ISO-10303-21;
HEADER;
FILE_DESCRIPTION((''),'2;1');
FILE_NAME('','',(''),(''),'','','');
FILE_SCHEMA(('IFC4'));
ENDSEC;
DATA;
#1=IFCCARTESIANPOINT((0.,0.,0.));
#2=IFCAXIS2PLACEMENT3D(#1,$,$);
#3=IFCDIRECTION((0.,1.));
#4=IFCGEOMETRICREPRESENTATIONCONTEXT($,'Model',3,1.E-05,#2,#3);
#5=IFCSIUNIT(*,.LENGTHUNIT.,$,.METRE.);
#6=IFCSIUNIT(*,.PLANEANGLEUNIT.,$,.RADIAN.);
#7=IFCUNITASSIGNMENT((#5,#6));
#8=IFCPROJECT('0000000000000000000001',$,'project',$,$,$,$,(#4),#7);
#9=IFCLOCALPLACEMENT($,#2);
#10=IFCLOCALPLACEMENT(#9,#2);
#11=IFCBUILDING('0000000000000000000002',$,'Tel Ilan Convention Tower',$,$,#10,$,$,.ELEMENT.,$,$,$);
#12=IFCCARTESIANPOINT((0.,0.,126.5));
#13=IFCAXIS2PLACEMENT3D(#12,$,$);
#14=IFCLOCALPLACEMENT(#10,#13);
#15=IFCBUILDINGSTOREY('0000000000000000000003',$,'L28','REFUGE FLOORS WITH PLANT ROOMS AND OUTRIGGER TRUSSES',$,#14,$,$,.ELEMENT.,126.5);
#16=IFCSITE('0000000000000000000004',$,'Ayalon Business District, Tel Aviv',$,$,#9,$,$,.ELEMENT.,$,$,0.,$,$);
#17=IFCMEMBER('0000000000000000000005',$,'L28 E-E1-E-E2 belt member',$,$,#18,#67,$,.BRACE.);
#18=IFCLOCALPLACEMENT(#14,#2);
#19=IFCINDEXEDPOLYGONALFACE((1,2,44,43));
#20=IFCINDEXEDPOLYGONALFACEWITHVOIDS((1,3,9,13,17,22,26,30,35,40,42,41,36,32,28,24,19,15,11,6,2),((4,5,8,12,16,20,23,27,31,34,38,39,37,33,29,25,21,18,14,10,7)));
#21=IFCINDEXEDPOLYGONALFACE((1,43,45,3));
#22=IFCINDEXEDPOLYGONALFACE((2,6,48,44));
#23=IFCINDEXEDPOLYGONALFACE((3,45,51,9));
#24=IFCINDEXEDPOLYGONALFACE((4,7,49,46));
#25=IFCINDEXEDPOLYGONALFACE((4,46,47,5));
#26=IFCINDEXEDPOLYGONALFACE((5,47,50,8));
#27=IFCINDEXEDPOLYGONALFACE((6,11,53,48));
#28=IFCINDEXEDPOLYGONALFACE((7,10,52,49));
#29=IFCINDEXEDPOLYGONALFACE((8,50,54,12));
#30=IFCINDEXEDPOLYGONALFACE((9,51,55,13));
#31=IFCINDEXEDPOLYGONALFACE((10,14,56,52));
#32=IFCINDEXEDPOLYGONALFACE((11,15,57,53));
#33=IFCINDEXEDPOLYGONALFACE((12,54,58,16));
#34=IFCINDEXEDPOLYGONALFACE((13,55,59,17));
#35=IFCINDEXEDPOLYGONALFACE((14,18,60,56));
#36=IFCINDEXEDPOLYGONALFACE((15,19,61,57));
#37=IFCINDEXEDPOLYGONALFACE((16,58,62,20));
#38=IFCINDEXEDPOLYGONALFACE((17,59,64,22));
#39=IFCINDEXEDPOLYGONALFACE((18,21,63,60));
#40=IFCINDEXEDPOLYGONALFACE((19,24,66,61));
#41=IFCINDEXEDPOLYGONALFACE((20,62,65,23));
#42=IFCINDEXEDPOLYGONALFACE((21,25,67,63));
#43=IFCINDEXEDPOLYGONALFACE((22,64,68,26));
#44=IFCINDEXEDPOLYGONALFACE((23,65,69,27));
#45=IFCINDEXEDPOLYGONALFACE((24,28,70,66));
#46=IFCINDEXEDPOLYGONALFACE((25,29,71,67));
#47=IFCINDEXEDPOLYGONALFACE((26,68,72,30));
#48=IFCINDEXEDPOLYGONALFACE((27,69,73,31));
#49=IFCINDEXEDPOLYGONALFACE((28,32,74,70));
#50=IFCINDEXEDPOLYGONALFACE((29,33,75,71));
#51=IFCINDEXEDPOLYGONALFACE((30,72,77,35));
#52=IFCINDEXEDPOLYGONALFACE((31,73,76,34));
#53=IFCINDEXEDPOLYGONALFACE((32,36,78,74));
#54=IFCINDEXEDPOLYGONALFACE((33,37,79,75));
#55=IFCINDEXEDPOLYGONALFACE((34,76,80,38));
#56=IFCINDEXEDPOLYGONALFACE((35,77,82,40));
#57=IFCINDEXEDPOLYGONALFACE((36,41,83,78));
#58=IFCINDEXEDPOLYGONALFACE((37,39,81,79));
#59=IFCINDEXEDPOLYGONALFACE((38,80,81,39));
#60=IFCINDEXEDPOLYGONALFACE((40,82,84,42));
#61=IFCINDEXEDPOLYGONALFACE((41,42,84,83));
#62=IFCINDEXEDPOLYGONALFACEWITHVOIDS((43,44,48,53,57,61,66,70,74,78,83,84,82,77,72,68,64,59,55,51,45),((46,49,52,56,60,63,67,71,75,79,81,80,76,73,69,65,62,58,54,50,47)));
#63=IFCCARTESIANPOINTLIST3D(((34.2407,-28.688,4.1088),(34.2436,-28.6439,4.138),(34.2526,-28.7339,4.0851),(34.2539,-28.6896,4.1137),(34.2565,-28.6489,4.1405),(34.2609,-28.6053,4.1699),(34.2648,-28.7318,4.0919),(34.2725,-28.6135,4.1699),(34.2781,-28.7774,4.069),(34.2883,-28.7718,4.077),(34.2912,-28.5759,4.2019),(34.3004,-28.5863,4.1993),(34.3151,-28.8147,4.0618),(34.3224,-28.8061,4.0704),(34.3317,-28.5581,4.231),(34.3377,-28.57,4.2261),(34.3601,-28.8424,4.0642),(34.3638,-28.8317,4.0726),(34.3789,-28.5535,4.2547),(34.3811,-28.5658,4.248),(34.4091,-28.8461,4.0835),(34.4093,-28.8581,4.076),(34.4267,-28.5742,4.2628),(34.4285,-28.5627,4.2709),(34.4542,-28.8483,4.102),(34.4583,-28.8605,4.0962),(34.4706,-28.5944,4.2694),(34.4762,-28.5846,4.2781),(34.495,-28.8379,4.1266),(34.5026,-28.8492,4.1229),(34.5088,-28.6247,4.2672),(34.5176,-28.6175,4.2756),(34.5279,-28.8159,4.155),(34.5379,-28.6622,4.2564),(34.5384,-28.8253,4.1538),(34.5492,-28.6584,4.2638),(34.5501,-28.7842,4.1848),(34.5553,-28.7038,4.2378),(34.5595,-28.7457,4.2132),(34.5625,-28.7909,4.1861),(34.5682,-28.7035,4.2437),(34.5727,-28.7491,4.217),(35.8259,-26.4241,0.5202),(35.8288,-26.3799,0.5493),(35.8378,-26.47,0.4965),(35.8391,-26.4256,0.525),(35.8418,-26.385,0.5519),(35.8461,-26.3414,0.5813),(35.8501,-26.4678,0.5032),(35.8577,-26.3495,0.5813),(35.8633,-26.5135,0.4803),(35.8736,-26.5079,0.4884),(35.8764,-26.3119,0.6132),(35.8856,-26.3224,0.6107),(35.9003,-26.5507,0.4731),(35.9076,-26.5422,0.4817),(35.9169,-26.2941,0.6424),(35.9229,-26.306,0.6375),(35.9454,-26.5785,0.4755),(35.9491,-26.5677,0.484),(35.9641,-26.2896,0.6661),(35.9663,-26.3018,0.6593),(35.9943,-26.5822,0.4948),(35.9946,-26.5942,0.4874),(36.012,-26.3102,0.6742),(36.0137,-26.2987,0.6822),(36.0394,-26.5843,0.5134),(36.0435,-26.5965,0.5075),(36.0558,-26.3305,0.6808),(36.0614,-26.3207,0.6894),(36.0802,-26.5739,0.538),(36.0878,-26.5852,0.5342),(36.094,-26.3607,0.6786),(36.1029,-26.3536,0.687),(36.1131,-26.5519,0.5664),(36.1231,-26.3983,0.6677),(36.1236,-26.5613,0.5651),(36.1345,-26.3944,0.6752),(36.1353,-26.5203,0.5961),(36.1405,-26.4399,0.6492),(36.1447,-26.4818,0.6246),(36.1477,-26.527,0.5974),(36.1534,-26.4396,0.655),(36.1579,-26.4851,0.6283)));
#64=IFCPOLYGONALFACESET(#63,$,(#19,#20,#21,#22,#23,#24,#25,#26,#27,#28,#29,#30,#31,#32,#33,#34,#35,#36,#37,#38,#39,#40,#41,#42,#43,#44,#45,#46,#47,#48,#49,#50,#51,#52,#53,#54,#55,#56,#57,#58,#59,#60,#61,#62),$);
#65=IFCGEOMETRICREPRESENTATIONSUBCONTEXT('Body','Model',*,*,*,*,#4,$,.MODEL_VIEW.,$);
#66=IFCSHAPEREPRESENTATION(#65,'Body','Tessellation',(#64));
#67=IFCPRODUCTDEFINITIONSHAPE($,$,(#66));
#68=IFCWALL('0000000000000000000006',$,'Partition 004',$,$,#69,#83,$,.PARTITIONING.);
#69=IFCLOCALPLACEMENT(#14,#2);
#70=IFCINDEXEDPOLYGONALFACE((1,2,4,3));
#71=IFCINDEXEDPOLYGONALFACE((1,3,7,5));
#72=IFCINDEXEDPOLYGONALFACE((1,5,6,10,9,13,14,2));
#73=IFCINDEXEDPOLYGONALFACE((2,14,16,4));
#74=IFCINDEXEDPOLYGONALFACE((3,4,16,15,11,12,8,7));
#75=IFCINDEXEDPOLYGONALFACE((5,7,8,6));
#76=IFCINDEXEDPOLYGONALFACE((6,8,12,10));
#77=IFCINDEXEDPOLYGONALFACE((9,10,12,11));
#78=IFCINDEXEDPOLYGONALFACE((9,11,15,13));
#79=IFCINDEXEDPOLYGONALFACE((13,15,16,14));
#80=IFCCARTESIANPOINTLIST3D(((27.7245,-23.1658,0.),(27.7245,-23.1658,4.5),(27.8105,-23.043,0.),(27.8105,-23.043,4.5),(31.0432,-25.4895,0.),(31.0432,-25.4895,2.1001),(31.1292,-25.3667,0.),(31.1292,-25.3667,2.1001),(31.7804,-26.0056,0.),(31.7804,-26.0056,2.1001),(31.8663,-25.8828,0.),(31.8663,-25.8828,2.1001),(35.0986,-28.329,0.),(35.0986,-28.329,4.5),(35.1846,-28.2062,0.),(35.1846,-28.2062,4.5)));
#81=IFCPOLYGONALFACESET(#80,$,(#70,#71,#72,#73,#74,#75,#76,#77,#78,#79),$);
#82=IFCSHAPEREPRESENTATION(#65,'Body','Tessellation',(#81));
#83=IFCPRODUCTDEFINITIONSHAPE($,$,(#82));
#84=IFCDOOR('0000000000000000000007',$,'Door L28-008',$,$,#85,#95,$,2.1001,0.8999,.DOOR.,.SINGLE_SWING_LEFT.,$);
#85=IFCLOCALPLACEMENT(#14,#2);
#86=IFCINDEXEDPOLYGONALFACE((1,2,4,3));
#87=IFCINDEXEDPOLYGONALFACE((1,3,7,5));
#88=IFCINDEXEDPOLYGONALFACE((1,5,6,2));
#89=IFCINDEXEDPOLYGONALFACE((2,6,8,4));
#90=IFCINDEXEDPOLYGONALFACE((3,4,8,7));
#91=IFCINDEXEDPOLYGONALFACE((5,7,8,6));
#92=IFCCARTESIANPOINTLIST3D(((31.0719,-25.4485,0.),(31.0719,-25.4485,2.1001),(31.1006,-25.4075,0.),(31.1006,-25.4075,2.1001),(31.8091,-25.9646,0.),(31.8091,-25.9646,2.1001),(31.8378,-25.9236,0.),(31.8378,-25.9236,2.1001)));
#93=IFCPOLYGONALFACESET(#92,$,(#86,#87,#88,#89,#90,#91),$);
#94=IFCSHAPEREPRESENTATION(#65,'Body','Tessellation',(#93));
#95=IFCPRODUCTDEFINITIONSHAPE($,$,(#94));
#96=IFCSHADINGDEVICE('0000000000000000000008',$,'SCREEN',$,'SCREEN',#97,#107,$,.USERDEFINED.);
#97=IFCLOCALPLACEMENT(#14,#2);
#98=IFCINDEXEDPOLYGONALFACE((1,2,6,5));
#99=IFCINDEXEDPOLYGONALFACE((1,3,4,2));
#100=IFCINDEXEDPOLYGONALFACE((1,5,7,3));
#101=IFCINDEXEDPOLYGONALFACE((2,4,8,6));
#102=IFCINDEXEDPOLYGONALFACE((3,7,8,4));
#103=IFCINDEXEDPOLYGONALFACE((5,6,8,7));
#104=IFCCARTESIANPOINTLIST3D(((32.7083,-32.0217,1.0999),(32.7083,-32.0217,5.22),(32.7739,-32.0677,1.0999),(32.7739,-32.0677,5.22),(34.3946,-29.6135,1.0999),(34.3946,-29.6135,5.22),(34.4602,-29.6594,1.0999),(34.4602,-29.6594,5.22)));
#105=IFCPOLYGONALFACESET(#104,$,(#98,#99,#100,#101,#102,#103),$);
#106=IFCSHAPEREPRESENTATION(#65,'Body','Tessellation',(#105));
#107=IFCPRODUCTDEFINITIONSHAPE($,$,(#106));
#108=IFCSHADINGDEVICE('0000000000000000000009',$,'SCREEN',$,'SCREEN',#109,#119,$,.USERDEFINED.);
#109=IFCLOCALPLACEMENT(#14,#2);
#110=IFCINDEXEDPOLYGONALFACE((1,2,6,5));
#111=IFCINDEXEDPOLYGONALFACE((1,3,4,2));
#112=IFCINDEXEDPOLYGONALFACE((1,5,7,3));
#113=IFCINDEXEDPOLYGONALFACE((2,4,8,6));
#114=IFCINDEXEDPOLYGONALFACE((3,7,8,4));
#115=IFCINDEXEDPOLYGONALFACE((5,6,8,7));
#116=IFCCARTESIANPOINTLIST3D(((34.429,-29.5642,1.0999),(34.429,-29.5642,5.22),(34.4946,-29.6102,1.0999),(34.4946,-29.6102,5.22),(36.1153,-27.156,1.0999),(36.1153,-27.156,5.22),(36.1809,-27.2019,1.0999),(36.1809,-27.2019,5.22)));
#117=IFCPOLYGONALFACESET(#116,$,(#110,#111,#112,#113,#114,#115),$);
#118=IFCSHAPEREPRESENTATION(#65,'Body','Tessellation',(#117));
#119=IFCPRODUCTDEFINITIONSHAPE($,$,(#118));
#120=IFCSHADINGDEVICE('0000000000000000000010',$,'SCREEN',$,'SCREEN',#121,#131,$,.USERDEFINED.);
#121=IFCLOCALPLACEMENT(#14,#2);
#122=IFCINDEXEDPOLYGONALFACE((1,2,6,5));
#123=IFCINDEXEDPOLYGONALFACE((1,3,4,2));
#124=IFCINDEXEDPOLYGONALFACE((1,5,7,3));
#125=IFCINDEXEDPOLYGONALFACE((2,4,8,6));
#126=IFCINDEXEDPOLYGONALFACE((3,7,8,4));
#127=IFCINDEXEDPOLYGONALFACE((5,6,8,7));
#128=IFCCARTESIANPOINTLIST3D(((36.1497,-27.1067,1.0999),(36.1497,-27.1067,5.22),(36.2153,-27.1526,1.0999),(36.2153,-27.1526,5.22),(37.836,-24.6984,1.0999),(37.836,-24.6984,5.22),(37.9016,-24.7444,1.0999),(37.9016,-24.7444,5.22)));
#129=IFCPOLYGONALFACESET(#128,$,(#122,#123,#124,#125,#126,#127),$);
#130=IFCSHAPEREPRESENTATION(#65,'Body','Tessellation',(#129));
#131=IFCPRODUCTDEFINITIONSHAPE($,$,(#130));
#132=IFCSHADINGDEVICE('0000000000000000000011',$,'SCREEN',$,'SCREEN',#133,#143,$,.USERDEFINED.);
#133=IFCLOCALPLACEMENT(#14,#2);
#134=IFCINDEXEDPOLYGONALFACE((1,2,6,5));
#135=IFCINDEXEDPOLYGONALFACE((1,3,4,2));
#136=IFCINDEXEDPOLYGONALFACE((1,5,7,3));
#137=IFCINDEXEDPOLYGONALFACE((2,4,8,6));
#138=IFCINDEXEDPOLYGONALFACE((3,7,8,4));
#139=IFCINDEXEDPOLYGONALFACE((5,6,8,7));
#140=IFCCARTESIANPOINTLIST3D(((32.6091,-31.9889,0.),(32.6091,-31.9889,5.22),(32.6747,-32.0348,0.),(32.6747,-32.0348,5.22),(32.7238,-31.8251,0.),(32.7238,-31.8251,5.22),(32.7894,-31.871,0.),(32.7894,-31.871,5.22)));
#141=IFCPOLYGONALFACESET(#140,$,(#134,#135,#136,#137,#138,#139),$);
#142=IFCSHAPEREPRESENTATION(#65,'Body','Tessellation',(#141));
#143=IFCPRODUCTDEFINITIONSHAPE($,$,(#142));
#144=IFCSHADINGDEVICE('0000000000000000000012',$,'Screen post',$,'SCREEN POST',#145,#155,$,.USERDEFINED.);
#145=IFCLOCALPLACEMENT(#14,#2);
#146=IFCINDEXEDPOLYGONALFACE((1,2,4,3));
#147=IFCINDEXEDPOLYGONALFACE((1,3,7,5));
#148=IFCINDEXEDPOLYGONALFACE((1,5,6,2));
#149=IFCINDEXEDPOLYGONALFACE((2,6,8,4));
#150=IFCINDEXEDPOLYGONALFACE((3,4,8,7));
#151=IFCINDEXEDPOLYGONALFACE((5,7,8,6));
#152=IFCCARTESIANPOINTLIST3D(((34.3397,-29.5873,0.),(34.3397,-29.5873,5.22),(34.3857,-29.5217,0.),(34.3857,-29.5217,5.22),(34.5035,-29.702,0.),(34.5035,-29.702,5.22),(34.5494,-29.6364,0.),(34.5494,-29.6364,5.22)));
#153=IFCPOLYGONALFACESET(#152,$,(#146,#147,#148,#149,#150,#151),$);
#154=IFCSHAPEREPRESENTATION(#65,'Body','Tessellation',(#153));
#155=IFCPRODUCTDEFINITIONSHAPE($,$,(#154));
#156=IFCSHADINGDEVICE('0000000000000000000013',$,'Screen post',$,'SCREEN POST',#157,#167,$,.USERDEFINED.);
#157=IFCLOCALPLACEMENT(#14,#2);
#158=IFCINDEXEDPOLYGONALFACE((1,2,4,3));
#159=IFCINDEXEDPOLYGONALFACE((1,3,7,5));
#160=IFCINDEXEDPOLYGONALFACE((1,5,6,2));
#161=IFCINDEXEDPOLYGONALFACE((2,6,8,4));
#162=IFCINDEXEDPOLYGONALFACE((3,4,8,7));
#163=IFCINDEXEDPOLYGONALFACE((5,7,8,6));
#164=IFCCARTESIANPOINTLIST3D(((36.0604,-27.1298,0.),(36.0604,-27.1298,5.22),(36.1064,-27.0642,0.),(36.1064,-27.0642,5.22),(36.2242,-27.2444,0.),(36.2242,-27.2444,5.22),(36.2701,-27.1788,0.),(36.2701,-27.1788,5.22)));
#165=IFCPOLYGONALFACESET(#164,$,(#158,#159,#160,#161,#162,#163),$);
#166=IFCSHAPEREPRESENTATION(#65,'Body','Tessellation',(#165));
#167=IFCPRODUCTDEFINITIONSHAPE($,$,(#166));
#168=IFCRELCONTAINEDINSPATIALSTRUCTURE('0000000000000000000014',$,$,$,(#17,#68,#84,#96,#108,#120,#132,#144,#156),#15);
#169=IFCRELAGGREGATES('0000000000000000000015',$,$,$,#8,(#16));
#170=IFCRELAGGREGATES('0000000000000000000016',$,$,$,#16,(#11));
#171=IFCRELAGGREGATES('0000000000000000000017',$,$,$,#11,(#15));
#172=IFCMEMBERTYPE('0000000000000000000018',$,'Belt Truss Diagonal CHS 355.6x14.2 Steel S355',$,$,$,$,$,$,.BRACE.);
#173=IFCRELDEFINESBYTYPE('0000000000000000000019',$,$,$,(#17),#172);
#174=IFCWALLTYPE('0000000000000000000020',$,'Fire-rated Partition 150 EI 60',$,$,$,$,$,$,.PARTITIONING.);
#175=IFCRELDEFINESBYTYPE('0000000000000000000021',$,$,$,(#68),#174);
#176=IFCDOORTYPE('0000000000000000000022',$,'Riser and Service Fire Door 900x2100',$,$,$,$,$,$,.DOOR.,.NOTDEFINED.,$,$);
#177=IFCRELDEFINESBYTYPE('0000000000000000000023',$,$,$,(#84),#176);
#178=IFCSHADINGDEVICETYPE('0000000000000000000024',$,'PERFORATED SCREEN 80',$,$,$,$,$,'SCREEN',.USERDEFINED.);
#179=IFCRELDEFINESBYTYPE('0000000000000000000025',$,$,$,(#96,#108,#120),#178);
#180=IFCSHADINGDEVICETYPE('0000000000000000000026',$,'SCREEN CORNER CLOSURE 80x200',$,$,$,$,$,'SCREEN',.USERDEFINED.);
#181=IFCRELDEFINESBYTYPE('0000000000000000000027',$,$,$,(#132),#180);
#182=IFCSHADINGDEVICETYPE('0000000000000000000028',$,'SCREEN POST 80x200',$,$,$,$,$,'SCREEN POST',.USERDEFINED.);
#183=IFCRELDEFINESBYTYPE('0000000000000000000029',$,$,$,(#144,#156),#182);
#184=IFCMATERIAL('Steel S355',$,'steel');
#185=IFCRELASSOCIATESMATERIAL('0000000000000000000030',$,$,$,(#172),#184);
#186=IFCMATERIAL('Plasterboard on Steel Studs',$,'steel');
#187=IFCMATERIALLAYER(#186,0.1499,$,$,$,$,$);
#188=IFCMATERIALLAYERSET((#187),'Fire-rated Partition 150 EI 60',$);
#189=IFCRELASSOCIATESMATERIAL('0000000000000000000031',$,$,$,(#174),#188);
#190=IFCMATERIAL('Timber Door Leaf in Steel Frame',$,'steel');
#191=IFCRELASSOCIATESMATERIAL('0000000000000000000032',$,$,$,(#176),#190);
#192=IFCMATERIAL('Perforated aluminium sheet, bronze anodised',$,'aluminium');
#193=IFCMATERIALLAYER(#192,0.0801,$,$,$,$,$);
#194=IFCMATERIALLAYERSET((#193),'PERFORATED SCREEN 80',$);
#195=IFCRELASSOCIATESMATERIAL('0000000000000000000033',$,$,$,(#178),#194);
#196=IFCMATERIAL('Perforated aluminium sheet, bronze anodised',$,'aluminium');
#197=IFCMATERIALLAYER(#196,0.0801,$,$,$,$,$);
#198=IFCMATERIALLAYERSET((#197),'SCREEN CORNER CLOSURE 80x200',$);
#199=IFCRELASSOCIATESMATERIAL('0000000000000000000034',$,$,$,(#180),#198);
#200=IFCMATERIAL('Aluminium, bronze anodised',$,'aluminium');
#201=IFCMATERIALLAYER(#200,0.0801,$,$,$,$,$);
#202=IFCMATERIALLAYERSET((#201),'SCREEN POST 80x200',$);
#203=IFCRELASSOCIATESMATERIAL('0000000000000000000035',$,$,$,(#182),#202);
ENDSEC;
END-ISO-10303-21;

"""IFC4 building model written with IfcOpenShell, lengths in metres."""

from ifc_helpers import new_model, si_unit, direction, frame, frame_2d, origin, origin_2d, place, context, subcontext, project, spatial, rectangle, hollow_circle, extrude, material, layer, layer_set, material_profile, profile_set, type_object, element, fill, save


model = new_model("IFC4")

# Units and contexts
model_context = context("Model", 3, precision=1e-05, world=origin(), true_north=direction((0.0, 1.0)))
body_context = subcontext(model_context, "Body", "Model", "MODEL_VIEW")
ifc_project = project(units=[si_unit("LENGTHUNIT", "METRE"), si_unit("PLANEANGLEUNIT", "RADIAN")], contexts=[model_context])

# Site, building, storey
site_placement = place(None, origin())
site = spatial("IfcSite", under=ifc_project, at=site_placement, Name="Ayalon Business District, Tel Aviv", CompositionType="ELEMENT", RefElevation=0.0)
building_placement = place(site_placement, origin())
building = spatial("IfcBuilding", under=site, at=building_placement, Name="Tel Ilan Convention Tower", CompositionType="ELEMENT")
storey_placement = place(building_placement, frame((0.0, 0.0, 126.5)))
storey = spatial("IfcBuildingStorey", under=building, at=storey_placement, Name="L28", Description="REFUGE FLOORS WITH PLANT ROOMS AND OUTRIGGER TRUSSES", CompositionType="ELEMENT", Elevation=126.5)

# Member
ifc_material_1 = material(Name="Steel S355", Category="steel")
ifc_material_profile_1 = material_profile(ifc_material_1, hollow_circle(Radius=0.1777, WallThickness=0.0142, at=origin_2d()), Name="CHS 355.6x14.2")
ifc_profile_set_1 = profile_set([ifc_material_profile_1], Name="Steel S355")
member_type_1 = type_object("IfcMemberType", Name="Belt Truss Diagonal CHS 355.6x14.2 Steel S355", PredefinedType="BRACE", material=ifc_profile_set_1)
member_1_placement = place(storey_placement, frame((34.4065, -28.7073, 4.1699), z_axis=(0.349973, 0.499815, -0.792277), x_axis=(-0.819153, 0.573575, 0.0)))
element("IfcMember", 1, at=member_1_placement, inside=storey, type_object=member_type_1, Name="L28 E-E1-E-E2 belt member", PredefinedType="BRACE", context=body_context, shape_type="SweptSolid", body=[
    extrude(hollow_circle(Radius=0.1777, WallThickness=0.0142, at=origin_2d()), origin(), (0.0, 0.0, 1.0), 4.5295),
])

# Wall, opening, door
ifc_material_2 = material(Name="Plasterboard on Steel Studs", Category="steel")
ifc_layer_1 = layer(ifc_material_2, 0.1499)
ifc_layer_set_1 = layer_set([ifc_layer_1], Name="Fire-rated Partition 150 EI 60")
wall_type = type_object("IfcWallType", Name="Fire-rated Partition 150 EI 60", PredefinedType="PARTITIONING", material=ifc_layer_set_1)
wall_placement = place(storey_placement, frame((35.1416, -28.2676, 0.0), z_axis=(0.0, 0.0, 1.0), x_axis=(-0.819166, 0.573557, 0.0)))
wall = element("IfcWall", 2, at=wall_placement, inside=storey, type_object=wall_type, Name="Partition 004", PredefinedType="PARTITIONING", context=body_context, shape_type="SweptSolid", body=[
    extrude(rectangle(XDim=9.002, YDim=0.1499, at=frame_2d((4.501, 0.0))), origin(), (0.0, 0.0, 1.0), 4.5),
])
opening_placement = place(wall_placement, frame((4.0508, 0.0, 0.0)))
opening = element("IfcOpeningElement", 3, at=opening_placement, cuts=wall, PredefinedType="OPENING", context=body_context, shape_type="SweptSolid", body=[
    extrude(rectangle(XDim=0.8999, YDim=2.1001, at=frame_2d((0.45, 1.05))), frame((0.0, 0.085, 0.0), z_axis=(0.0, -1.0, 0.0), x_axis=(1.0, 0.0, 0.0)), (0.0, 0.0, 1.0), 0.1699),
])
ifc_material_3 = material(Name="Timber Door Leaf in Steel Frame", Category="steel")
door_type = type_object("IfcDoorType", Name="Riser and Service Fire Door 900x2100", OperationType="NOTDEFINED", PredefinedType="DOOR", material=ifc_material_3)
door_placement = place(opening_placement, origin())
door = element("IfcDoor", 4, at=door_placement, inside=storey, type_object=door_type, Name="Door L28-008", OperationType="SINGLE_SWING_LEFT", OverallHeight=2.1001, OverallWidth=0.8999, PredefinedType="DOOR", context=body_context, shape_type="SweptSolid", body=[
    extrude(rectangle(XDim=0.8999, YDim=2.1001, at=frame_2d((0.45, 1.05))), frame((0.0, 0.0249, 0.0), z_axis=(0.0, -1.0, 0.0), x_axis=(1.0, 0.0, 0.0)), (0.0, 0.0, 1.0), 0.05),
])
fill(opening, door)

# Shading devices
ifc_material_4 = material(Name="Perforated aluminium sheet, bronze anodised", Category="aluminium")
ifc_layer_2 = layer(ifc_material_4, 0.0801)
ifc_layer_set_2 = layer_set([ifc_layer_2], Name="PERFORATED SCREEN 80")
shading_device_type_1 = type_object("IfcShadingDeviceType", Name="PERFORATED SCREEN 80", ElementType="SCREEN", PredefinedType="USERDEFINED", material=ifc_layer_set_2)
for number, where, z_axis, x_axis, name in (
    (5, (33.5842, -30.8406, 1.0999), (0.0, 0.0, 1.0), (0.573576, 0.819152, 0.0), "SCREEN"),
    (6, (35.3049, -28.3831, 1.0999), (0.0, 0.0, 1.0), (0.573576, 0.819152, 0.0), "SCREEN"),
    (7, (37.0256, -25.9255, 1.0999), (0.0, 0.0, 1.0), (0.573576, 0.819152, 0.0), "SCREEN"),
):
    element("IfcShadingDevice", number, at=place(storey_placement, frame(where, z_axis=z_axis, x_axis=x_axis)), inside=storey, type_object=shading_device_type_1, Name=name, ObjectType="SCREEN", PredefinedType="USERDEFINED", context=body_context, shape_type="SweptSolid", body=[
        extrude(rectangle(XDim=2.9399, YDim=0.0801, at=origin_2d()), origin(), (0.0, 0.0, 1.0), 4.1201),
    ])
ifc_material_5 = material(Name="Perforated aluminium sheet, bronze anodised", Category="aluminium")
ifc_layer_3 = layer(ifc_material_5, 0.0801)
ifc_layer_set_3 = layer_set([ifc_layer_3], Name="SCREEN CORNER CLOSURE 80x200")
shading_device_type_2 = type_object("IfcShadingDeviceType", Name="SCREEN CORNER CLOSURE 80x200", ElementType="SCREEN", PredefinedType="USERDEFINED", material=ifc_layer_set_3)
shading_device_placement = place(storey_placement, frame((32.6992, -31.9299, 0.0), z_axis=(0.0, 0.0, 1.0), x_axis=(0.819152, -0.573576, 0.0)))
element("IfcShadingDevice", 8, at=shading_device_placement, inside=storey, type_object=shading_device_type_2, Name="SCREEN", ObjectType="SCREEN", PredefinedType="USERDEFINED", context=body_context, shape_type="SweptSolid", body=[
    extrude(rectangle(XDim=0.0801, YDim=0.2, at=origin_2d()), origin(), (0.0, 0.0, 1.0), 5.22),
])
ifc_material_6 = material(Name="Aluminium, bronze anodised", Category="aluminium")
ifc_layer_4 = layer(ifc_material_6, 0.0801)
ifc_layer_set_4 = layer_set([ifc_layer_4], Name="SCREEN POST 80x200")
shading_device_type_3 = type_object("IfcShadingDeviceType", Name="SCREEN POST 80x200", ElementType="SCREEN POST", PredefinedType="USERDEFINED", material=ifc_layer_set_4)
for number, where, z_axis, x_axis, name in (
    (9, (34.4446, -29.6118, 0.0), (0.0, 0.0, 1.0), (0.573576, 0.819152, 0.0), "Screen post"),
    (10, (36.1653, -27.1543, 0.0), (0.0, 0.0, 1.0), (0.573576, 0.819152, 0.0), "Screen post"),
):
    element("IfcShadingDevice", number, at=place(storey_placement, frame(where, z_axis=z_axis, x_axis=x_axis)), inside=storey, type_object=shading_device_type_3, Name=name, ObjectType="SCREEN POST", PredefinedType="USERDEFINED", context=body_context, shape_type="SweptSolid", body=[
        extrude(rectangle(XDim=0.0801, YDim=0.2, at=origin_2d()), origin(), (0.0, 0.0, 1.0), 5.22),
    ])

save(model, "model.ifc")
